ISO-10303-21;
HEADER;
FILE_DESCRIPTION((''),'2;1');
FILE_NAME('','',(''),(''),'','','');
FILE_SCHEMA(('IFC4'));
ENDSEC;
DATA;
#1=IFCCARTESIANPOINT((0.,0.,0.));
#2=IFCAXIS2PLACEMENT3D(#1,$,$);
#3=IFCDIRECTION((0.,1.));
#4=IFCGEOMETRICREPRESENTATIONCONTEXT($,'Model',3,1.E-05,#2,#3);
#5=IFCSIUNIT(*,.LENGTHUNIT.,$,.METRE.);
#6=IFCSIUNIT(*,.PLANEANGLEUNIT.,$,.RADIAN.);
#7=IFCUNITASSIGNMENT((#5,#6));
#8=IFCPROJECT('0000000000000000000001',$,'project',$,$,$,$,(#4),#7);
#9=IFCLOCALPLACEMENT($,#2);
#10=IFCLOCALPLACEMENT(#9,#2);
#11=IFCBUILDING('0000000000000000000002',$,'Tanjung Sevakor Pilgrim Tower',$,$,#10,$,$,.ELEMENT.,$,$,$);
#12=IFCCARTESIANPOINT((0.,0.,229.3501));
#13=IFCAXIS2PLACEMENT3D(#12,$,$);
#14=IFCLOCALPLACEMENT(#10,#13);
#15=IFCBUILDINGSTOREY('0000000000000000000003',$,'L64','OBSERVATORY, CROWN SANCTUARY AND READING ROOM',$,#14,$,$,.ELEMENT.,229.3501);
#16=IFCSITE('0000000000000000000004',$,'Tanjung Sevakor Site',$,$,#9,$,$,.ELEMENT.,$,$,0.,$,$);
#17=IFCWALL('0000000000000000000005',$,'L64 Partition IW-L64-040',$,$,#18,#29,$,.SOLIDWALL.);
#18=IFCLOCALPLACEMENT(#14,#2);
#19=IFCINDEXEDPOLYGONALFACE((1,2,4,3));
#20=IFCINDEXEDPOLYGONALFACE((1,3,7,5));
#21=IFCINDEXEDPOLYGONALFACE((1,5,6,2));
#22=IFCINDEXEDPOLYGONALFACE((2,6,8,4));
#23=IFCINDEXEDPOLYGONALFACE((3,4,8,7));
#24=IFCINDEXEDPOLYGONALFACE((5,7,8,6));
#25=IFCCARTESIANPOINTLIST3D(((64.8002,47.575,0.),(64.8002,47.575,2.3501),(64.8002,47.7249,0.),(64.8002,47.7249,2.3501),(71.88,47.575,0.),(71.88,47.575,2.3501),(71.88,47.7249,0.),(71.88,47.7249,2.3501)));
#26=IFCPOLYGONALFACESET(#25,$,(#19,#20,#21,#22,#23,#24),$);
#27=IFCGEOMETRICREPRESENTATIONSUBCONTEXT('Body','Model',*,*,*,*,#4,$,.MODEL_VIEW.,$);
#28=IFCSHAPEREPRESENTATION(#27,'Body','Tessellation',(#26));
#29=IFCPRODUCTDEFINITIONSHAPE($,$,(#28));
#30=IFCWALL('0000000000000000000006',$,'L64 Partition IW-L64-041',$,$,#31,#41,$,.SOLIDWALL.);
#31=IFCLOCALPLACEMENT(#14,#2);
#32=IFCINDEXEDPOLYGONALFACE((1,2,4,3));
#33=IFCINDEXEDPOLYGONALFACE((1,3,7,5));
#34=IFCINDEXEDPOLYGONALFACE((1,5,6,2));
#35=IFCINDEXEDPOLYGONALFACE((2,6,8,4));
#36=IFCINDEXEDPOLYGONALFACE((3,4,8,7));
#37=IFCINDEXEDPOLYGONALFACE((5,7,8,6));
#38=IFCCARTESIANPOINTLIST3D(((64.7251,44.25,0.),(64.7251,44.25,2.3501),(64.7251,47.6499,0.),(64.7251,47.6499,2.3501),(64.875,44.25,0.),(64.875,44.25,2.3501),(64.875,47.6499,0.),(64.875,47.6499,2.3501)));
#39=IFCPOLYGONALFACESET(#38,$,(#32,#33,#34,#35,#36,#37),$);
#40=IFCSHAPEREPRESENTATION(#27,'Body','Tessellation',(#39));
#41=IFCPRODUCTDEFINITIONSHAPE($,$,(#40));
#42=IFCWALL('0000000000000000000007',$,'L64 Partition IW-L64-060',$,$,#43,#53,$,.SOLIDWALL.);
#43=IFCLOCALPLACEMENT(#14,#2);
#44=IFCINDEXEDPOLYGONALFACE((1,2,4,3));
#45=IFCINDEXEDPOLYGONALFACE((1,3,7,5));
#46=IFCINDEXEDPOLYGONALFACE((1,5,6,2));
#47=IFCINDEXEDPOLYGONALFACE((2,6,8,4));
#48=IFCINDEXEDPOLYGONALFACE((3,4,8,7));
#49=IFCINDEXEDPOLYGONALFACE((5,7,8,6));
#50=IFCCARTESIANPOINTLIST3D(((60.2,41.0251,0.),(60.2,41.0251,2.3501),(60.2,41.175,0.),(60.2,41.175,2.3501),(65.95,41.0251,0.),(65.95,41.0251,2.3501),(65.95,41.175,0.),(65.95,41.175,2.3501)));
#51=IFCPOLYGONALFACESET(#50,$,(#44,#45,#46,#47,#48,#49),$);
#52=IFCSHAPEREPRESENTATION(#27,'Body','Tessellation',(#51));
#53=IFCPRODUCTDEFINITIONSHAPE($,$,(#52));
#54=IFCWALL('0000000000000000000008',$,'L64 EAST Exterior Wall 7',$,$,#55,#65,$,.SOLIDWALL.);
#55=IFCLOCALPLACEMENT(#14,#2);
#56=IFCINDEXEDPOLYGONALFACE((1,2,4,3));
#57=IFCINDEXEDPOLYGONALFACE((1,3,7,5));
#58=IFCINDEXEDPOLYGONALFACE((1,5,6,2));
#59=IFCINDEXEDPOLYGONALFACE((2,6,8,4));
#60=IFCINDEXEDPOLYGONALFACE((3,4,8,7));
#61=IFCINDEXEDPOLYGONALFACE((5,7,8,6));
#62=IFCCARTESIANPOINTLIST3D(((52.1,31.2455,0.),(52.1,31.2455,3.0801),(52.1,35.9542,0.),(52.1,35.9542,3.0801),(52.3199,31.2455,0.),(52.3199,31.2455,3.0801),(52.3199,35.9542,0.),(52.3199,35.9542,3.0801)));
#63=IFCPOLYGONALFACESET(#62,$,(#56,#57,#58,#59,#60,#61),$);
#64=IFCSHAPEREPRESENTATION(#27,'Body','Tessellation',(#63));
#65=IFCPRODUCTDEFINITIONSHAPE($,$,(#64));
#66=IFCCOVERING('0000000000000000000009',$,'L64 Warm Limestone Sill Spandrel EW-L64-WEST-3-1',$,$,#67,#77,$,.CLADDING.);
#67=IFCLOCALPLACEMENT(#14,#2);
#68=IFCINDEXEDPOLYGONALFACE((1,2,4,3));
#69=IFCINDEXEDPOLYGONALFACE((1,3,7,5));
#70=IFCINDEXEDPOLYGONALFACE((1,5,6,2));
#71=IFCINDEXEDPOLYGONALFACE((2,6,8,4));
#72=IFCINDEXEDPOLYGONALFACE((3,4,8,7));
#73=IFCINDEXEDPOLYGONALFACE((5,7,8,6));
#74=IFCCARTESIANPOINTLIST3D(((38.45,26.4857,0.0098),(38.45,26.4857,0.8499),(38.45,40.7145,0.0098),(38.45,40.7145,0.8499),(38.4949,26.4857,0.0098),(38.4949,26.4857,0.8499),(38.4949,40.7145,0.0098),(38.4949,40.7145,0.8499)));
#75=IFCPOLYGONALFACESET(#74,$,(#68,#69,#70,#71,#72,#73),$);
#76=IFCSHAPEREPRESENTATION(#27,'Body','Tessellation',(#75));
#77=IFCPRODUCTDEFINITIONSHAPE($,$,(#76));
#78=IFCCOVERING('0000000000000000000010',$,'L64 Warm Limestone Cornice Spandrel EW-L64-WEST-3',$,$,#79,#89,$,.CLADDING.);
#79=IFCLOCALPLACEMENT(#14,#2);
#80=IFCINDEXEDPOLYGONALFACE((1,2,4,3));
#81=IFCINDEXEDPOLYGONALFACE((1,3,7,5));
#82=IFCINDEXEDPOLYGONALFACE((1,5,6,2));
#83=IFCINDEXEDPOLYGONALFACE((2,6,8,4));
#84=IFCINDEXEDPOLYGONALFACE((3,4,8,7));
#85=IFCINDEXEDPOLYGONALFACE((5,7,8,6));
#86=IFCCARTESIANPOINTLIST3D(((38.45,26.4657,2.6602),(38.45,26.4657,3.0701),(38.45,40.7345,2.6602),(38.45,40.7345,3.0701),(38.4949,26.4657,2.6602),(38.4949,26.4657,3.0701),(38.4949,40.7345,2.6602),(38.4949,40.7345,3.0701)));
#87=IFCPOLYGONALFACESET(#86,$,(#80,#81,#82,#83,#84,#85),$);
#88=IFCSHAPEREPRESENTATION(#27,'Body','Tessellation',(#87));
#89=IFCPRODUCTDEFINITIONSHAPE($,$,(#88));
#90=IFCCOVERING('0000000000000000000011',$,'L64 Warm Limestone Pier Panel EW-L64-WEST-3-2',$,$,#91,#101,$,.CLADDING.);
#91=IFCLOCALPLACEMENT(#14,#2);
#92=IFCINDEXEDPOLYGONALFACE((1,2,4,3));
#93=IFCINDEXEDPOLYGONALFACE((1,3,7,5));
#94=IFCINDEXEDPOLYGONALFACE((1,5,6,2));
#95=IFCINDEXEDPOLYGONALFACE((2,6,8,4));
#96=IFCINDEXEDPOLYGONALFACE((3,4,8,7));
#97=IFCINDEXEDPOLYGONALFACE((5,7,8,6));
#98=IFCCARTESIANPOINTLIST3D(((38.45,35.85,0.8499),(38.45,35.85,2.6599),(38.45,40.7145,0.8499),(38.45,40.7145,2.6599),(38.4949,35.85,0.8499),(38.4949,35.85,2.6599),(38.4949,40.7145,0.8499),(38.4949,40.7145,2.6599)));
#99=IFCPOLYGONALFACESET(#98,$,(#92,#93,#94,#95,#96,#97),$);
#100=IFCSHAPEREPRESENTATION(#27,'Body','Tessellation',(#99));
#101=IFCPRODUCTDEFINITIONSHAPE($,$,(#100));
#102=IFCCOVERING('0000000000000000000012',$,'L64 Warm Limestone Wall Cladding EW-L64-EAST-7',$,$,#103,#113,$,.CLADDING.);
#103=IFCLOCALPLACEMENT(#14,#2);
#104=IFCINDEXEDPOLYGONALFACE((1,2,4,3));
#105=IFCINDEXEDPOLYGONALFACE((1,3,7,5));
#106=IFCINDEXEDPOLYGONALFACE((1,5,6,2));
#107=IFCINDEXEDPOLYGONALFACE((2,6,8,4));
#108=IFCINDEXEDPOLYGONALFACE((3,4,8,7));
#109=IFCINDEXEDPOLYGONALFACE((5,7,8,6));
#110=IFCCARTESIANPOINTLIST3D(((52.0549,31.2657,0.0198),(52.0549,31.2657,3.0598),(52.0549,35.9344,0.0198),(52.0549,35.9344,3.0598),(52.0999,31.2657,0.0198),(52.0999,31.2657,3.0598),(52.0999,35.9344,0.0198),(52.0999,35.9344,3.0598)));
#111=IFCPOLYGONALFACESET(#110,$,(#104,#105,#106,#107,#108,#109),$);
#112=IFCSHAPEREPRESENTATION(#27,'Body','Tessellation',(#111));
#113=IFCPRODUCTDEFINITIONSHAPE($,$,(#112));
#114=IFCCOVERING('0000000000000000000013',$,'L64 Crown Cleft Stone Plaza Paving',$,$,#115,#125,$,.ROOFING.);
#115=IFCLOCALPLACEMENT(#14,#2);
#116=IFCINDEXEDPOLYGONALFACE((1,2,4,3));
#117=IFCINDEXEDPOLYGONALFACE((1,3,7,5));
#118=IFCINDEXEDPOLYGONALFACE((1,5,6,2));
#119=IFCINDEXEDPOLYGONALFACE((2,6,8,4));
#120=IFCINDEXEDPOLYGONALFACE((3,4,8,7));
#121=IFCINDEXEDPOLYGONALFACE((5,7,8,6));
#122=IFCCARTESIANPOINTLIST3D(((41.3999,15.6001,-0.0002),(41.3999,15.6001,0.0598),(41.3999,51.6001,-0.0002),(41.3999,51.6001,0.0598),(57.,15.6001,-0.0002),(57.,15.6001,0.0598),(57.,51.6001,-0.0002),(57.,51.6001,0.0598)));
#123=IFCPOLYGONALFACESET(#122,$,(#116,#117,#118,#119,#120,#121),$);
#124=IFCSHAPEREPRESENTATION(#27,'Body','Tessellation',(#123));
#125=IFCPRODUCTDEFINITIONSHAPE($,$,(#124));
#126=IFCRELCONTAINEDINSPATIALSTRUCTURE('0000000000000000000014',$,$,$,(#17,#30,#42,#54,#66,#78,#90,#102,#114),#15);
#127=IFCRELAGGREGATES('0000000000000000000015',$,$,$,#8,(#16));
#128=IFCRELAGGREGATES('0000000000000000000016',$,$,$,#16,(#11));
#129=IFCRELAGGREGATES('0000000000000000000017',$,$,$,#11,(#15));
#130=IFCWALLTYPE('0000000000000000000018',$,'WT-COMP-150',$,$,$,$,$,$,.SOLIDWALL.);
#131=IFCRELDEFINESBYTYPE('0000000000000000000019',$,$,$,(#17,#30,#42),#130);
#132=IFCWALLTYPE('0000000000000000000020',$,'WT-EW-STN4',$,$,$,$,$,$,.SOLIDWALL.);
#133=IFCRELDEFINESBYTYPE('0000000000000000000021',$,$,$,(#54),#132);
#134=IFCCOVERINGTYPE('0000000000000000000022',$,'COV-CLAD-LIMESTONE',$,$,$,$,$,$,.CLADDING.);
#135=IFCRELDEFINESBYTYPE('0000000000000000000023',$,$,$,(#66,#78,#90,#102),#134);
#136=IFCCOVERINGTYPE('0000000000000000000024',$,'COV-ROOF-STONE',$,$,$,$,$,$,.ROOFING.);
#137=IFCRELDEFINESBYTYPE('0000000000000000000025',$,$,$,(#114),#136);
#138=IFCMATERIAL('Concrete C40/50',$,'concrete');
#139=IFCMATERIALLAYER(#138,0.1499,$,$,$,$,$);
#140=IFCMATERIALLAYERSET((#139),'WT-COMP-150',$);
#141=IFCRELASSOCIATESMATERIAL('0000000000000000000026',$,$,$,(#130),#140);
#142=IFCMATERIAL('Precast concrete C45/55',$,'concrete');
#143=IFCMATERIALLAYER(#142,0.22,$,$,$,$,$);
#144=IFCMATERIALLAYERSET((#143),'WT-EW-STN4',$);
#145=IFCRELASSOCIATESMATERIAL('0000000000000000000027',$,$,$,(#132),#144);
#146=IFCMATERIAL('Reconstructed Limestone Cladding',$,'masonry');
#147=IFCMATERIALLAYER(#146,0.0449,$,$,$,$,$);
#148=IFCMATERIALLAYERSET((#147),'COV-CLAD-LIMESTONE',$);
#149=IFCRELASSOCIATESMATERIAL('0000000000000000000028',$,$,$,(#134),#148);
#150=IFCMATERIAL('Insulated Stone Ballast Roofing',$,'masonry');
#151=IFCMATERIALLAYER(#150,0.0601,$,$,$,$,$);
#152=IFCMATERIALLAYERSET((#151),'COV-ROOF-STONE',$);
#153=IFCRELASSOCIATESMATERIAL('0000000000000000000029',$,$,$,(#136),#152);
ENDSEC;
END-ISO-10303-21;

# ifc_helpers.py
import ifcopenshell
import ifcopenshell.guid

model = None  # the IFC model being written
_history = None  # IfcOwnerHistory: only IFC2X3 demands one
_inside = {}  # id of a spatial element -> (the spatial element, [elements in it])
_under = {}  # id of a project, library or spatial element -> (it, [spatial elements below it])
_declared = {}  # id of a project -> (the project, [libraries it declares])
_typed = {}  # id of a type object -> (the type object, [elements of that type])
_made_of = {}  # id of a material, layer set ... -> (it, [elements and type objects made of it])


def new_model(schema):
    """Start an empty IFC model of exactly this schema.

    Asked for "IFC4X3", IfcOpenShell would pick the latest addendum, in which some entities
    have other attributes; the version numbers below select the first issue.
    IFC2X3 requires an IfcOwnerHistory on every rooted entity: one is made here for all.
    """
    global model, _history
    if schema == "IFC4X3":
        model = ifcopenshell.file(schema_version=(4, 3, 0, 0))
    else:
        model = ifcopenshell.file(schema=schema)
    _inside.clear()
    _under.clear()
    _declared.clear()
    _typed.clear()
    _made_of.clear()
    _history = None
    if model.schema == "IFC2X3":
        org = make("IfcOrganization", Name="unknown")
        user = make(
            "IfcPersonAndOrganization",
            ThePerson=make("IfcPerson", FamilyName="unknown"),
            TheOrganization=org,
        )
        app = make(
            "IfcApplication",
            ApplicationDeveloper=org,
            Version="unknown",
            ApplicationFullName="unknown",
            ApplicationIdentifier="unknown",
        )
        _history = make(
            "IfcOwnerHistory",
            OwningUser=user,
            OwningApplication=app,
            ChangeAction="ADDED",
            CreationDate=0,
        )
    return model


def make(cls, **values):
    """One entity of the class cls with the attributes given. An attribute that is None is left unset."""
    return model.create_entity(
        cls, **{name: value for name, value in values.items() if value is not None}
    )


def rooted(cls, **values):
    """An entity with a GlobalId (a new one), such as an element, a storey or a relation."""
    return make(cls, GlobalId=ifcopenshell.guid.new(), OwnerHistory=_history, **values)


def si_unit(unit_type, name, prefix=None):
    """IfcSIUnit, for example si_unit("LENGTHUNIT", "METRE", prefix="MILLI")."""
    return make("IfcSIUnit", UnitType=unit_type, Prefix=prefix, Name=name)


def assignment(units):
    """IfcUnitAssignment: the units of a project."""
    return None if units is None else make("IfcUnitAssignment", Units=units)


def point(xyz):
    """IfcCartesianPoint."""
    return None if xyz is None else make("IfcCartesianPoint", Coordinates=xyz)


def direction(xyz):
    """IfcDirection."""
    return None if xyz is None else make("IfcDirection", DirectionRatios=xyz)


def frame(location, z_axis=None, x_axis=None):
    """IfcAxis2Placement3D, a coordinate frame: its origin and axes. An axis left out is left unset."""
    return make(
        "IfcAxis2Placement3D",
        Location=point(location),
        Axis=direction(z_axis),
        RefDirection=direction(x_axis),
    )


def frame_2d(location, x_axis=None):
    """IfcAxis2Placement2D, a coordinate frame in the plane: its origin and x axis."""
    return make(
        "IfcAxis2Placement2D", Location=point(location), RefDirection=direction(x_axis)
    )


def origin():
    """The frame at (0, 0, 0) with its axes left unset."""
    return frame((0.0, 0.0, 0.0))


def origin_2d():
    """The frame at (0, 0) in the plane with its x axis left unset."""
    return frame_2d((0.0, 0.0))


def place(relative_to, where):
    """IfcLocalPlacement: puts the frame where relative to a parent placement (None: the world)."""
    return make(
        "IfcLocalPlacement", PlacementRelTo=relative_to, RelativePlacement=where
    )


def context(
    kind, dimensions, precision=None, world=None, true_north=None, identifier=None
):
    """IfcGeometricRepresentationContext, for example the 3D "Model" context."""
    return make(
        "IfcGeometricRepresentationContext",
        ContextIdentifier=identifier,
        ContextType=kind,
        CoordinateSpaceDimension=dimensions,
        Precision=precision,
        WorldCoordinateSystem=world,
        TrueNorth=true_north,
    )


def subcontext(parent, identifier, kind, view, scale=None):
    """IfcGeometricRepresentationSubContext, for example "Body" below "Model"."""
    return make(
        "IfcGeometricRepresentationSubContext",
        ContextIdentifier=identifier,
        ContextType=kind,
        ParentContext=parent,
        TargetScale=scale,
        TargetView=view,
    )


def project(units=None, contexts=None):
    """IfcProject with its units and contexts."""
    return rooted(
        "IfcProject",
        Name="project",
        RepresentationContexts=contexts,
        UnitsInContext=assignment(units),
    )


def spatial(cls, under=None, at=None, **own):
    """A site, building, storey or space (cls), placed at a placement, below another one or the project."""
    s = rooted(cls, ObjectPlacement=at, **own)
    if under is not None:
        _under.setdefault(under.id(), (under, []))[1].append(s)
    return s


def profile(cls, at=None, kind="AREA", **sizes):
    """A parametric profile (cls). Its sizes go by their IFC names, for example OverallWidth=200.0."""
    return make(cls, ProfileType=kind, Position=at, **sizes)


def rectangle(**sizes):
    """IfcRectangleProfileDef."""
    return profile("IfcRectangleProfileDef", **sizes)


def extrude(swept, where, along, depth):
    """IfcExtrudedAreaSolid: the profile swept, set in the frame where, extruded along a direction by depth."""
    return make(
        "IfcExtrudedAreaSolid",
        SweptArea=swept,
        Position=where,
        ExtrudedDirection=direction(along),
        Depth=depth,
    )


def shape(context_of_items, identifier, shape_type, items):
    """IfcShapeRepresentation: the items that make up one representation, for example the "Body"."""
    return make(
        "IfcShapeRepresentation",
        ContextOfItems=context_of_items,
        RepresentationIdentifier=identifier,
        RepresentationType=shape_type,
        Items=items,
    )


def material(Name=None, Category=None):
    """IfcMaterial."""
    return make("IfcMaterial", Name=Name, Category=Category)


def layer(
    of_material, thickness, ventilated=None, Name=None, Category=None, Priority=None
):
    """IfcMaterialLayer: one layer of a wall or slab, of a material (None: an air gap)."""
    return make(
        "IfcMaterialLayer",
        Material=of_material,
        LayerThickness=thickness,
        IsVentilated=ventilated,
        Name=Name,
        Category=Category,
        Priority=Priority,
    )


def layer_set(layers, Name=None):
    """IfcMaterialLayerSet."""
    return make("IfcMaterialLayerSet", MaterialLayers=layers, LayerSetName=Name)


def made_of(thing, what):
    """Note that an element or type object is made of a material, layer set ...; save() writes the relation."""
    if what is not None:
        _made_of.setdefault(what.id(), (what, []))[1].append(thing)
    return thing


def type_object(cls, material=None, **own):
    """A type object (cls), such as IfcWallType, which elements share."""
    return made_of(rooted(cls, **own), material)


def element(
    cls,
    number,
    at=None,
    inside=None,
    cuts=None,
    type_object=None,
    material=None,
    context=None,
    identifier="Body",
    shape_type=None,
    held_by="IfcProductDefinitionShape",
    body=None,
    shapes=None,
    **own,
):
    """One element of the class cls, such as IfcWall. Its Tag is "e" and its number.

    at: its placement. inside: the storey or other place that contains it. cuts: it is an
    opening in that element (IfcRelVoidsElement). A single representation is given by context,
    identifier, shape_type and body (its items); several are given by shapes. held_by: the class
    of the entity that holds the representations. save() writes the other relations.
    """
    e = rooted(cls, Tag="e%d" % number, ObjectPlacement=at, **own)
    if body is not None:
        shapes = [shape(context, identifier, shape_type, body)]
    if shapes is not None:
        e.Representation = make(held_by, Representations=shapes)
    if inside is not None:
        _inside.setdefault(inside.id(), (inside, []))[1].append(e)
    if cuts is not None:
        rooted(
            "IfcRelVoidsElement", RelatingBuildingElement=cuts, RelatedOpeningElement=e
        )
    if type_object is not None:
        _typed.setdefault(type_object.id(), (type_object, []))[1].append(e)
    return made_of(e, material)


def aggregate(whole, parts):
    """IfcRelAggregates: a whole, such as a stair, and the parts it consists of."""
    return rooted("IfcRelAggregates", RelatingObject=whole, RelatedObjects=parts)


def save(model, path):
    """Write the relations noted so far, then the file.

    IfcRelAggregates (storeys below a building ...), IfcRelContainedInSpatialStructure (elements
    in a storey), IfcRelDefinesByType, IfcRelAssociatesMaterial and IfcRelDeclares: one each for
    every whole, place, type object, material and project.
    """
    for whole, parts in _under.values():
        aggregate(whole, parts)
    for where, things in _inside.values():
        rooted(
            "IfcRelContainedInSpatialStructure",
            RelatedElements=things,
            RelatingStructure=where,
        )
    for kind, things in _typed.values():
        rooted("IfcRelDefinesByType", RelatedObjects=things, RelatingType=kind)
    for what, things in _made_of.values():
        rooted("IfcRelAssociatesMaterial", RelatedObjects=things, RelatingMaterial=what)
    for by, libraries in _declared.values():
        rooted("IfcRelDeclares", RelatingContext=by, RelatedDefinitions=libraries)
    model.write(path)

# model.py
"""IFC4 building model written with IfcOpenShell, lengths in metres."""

from ifc_helpers import new_model, si_unit, direction, frame, frame_2d, origin, origin_2d, place, context, subcontext, project, spatial, rectangle, extrude, material, layer, layer_set, type_object, element, save


model = new_model("IFC4")

# Units and contexts
model_context = context("Model", 3, precision=1e-05, world=origin(), true_north=direction((0.0, 1.0)))
body_context = subcontext(model_context, "Body", "Model", "MODEL_VIEW")
ifc_project = project(units=[si_unit("LENGTHUNIT", "METRE"), si_unit("PLANEANGLEUNIT", "RADIAN")], contexts=[model_context])

# Site, building, storey
site_placement = place(None, origin())
site = spatial("IfcSite", under=ifc_project, at=site_placement, Name="Tanjung Sevakor Site", CompositionType="ELEMENT", RefElevation=0.0)
building_placement = place(site_placement, origin())
building = spatial("IfcBuilding", under=site, at=building_placement, Name="Tanjung Sevakor Pilgrim Tower", CompositionType="ELEMENT")
storey_placement = place(building_placement, frame((0.0, 0.0, 229.3501)))
storey = spatial("IfcBuildingStorey", under=building, at=storey_placement, Name="L64", Description="OBSERVATORY, CROWN SANCTUARY AND READING ROOM", CompositionType="ELEMENT", Elevation=229.3501)

# Shared definitions
ifc_material_1 = material(Name="Concrete C40/50", Category="concrete")
ifc_layer_1 = layer(ifc_material_1, 0.1499)
ifc_layer_set_1 = layer_set([ifc_layer_1], Name="WT-COMP-150")
wall_type_1 = type_object("IfcWallType", Name="WT-COMP-150", PredefinedType="SOLIDWALL", material=ifc_layer_set_1)

# Walls
wall_1_placement = place(storey_placement, frame((64.8, 47.6499, 0.0), z_axis=(0.0, 0.0, 1.0), x_axis=(1.0, 0.0, 0.0)))
element("IfcWall", 1, at=wall_1_placement, inside=storey, type_object=wall_type_1, Name="L64 Partition IW-L64-040", PredefinedType="SOLIDWALL", context=body_context, shape_type="SweptSolid", body=[
    extrude(rectangle(XDim=7.0798, YDim=0.1499, at=frame_2d((3.54, 0.0))), origin(), (0.0, 0.0, 1.0), 2.3501),
])
wall_2_placement = place(storey_placement, frame((64.8, 44.25, 0.0), z_axis=(0.0, 0.0, 1.0), x_axis=(0.0, 1.0, 0.0)))
element("IfcWall", 2, at=wall_2_placement, inside=storey, type_object=wall_type_1, Name="L64 Partition IW-L64-041", PredefinedType="SOLIDWALL", context=body_context, shape_type="SweptSolid", body=[
    extrude(rectangle(XDim=3.3999, YDim=0.1499, at=frame_2d((1.7, 0.0))), origin(), (0.0, 0.0, 1.0), 2.3501),
])
wall_3_placement = place(storey_placement, frame((60.2, 41.1001, 0.0), z_axis=(0.0, 0.0, 1.0), x_axis=(1.0, 0.0, 0.0)))
element("IfcWall", 3, at=wall_3_placement, inside=storey, type_object=wall_type_1, Name="L64 Partition IW-L64-060", PredefinedType="SOLIDWALL", context=body_context, shape_type="SweptSolid", body=[
    extrude(rectangle(XDim=5.75, YDim=0.1499, at=frame_2d((2.875, 0.0))), origin(), (0.0, 0.0, 1.0), 2.3501),
])
ifc_material_2 = material(Name="Precast concrete C45/55", Category="concrete")
ifc_layer_2 = layer(ifc_material_2, 0.22)
ifc_layer_set_2 = layer_set([ifc_layer_2], Name="WT-EW-STN4")
wall_type_2 = type_object("IfcWallType", Name="WT-EW-STN4", PredefinedType="SOLIDWALL", material=ifc_layer_set_2)
wall_4_placement = place(storey_placement, frame((52.21, 35.9543, 0.0), z_axis=(0.0, 0.0, 1.0), x_axis=(0.0, -1.0, 0.0)))
element("IfcWall", 4, at=wall_4_placement, inside=storey, type_object=wall_type_2, Name="L64 EAST Exterior Wall 7", PredefinedType="SOLIDWALL", context=body_context, shape_type="SweptSolid", body=[
    extrude(rectangle(XDim=4.7087, YDim=0.22, at=frame_2d((2.3545, 0.0))), origin(), (0.0, 0.0, 1.0), 3.0801),
])

# Coverings
ifc_material_3 = material(Name="Reconstructed Limestone Cladding", Category="masonry")
ifc_layer_3 = layer(ifc_material_3, 0.0449)
ifc_layer_set_3 = layer_set([ifc_layer_3], Name="COV-CLAD-LIMESTONE")
covering_type_1 = type_object("IfcCoveringType", Name="COV-CLAD-LIMESTONE", PredefinedType="CLADDING", material=ifc_layer_set_3)
covering_1_placement = place(storey_placement, frame((38.4724, 33.6001, 0.0098), z_axis=(0.0, 0.0, 1.0), x_axis=(0.0, 1.0, 0.0)))
element("IfcCovering", 5, at=covering_1_placement, inside=storey, type_object=covering_type_1, Name="L64 Warm Limestone Sill Spandrel EW-L64-WEST-3-1", PredefinedType="CLADDING", context=body_context, shape_type="SweptSolid", body=[
    extrude(rectangle(XDim=14.2288, YDim=0.0449, at=origin_2d()), origin(), (0.0, 0.0, 1.0), 0.8401),
])
covering_2_placement = place(storey_placement, frame((38.4724, 33.6001, 2.6602), z_axis=(0.0, 0.0, 1.0), x_axis=(0.0, 1.0, 0.0)))
element("IfcCovering", 6, at=covering_2_placement, inside=storey, type_object=covering_type_1, Name="L64 Warm Limestone Cornice Spandrel EW-L64-WEST-3", PredefinedType="CLADDING", context=body_context, shape_type="SweptSolid", body=[
    extrude(rectangle(XDim=14.2688, YDim=0.0449, at=origin_2d()), origin(), (0.0, 0.0, 1.0), 0.4099),
])
covering_3_placement = place(storey_placement, frame((38.4724, 38.2822, 0.8499), z_axis=(0.0, 0.0, 1.0), x_axis=(0.0, 1.0, 0.0)))
element("IfcCovering", 7, at=covering_3_placement, inside=storey, type_object=covering_type_1, Name="L64 Warm Limestone Pier Panel EW-L64-WEST-3-2", PredefinedType="CLADDING", context=body_context, shape_type="SweptSolid", body=[
    extrude(rectangle(XDim=4.8645, YDim=0.0449, at=origin_2d()), origin(), (0.0, 0.0, 1.0), 1.8101),
])
covering_4_placement = place(storey_placement, frame((52.0774, 33.6001, 0.0198), z_axis=(0.0, 0.0, 1.0), x_axis=(0.0, -1.0, 0.0)))
element("IfcCovering", 8, at=covering_4_placement, inside=storey, type_object=covering_type_1, Name="L64 Warm Limestone Wall Cladding EW-L64-EAST-7", PredefinedType="CLADDING", context=body_context, shape_type="SweptSolid", body=[
    extrude(rectangle(XDim=4.6687, YDim=0.0449, at=origin_2d()), origin(), (0.0, 0.0, 1.0), 3.04),
])
ifc_material_4 = material(Name="Insulated Stone Ballast Roofing", Category="masonry")
ifc_layer_4 = layer(ifc_material_4, 0.0601)
ifc_layer_set_4 = layer_set([ifc_layer_4], Name="COV-ROOF-STONE")
covering_type_2 = type_object("IfcCoveringType", Name="COV-ROOF-STONE", PredefinedType="ROOFING", material=ifc_layer_set_4)
covering_5_placement = place(storey_placement, frame((49.2, 33.6001, -0.0002), z_axis=(0.0, 0.0, 1.0), x_axis=(1.0, 0.0, 0.0)))
element("IfcCovering", 9, at=covering_5_placement, inside=storey, type_object=covering_type_2, Name="L64 Crown Cleft Stone Plaza Paving", PredefinedType="ROOFING", context=body_context, shape_type="SweptSolid", body=[
    extrude(rectangle(XDim=15.6001, YDim=36.0, at=origin_2d()), origin(), (0.0, 0.0, 1.0), 0.0601),
])

save(model, "model.ifc")
